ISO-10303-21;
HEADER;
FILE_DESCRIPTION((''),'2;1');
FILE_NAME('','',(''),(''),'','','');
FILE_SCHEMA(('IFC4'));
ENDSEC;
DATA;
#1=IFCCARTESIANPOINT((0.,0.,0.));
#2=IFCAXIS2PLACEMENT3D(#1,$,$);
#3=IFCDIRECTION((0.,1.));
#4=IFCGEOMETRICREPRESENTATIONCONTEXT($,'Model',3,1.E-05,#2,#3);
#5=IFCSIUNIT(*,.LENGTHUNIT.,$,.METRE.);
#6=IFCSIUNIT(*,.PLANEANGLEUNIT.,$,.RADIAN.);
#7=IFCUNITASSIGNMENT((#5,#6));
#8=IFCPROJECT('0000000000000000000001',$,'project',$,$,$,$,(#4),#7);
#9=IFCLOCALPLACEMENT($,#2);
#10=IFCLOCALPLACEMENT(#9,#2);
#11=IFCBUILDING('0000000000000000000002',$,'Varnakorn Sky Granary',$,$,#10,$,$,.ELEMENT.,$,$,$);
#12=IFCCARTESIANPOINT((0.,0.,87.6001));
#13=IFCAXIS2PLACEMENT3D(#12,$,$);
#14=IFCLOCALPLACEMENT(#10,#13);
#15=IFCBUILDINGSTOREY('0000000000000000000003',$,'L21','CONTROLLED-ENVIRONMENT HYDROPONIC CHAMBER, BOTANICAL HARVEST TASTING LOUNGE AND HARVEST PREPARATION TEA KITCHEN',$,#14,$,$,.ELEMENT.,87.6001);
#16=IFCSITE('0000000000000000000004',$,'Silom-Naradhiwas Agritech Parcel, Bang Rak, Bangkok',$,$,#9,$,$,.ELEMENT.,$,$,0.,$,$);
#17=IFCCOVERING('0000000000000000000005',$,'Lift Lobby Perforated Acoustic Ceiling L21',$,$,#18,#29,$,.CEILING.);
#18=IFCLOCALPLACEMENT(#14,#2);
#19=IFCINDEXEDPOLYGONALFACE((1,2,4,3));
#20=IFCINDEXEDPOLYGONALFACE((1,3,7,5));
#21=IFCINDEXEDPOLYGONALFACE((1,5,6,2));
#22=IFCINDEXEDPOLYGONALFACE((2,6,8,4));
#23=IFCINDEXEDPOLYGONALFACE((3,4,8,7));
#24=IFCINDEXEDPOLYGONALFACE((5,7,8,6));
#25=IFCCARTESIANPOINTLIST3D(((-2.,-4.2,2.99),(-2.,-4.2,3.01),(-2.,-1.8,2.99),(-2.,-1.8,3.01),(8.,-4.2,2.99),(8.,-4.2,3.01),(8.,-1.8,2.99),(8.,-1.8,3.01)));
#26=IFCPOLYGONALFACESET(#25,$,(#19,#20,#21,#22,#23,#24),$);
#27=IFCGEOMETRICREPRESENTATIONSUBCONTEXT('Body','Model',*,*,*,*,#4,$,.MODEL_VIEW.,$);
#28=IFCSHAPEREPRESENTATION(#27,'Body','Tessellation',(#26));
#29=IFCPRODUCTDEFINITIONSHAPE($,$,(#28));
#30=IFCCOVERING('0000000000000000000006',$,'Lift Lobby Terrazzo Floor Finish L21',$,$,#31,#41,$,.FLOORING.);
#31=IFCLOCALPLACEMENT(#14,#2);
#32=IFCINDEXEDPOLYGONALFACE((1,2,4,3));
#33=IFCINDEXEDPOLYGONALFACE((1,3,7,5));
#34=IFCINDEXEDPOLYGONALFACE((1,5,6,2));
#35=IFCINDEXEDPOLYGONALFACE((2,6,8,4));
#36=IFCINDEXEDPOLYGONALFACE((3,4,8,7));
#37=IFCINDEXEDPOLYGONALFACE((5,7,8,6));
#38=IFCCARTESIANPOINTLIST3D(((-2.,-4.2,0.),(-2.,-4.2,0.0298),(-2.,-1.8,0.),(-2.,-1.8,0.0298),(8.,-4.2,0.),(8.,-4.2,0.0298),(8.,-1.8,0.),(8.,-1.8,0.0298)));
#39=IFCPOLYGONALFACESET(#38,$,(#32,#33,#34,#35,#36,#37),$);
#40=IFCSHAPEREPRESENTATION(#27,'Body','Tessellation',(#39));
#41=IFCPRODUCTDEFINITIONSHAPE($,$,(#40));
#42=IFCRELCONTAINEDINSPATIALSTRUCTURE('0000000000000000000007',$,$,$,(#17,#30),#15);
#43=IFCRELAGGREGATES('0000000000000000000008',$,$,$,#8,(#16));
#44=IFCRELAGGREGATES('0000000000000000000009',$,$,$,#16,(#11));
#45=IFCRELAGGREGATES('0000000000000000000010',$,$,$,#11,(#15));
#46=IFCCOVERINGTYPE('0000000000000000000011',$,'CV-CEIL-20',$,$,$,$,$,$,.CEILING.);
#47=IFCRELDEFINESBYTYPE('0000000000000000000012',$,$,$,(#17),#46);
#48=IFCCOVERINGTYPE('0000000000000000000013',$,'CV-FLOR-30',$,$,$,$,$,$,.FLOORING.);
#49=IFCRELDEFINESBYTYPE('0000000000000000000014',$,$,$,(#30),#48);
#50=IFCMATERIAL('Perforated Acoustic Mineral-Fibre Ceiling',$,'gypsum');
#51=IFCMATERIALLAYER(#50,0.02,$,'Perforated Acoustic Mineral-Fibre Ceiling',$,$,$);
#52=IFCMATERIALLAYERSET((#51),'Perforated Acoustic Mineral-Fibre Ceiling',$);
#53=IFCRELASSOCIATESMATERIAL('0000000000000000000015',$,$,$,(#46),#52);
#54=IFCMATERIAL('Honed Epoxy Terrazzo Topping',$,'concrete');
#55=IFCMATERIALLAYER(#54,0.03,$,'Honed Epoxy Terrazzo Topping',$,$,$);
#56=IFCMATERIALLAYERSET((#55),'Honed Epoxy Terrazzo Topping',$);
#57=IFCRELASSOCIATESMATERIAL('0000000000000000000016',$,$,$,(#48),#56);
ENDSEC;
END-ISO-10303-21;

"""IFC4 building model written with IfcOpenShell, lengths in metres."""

from ifc_helpers import new_model, si_unit, direction, frame, origin, place, context, subcontext, project, spatial, polyline, outline, extrude, material, layer, layer_set, type_object, element, save


model = new_model("IFC4")

# Units and contexts
model_context = context("Model", 3, precision=1e-05, world=origin(), true_north=direction((0.0, 1.0)))
body_context = subcontext(model_context, "Body", "Model", "MODEL_VIEW")
ifc_project = project(units=[si_unit("LENGTHUNIT", "METRE"), si_unit("PLANEANGLEUNIT", "RADIAN")], contexts=[model_context])

# Site, building, storey
site_placement = place(None, origin())
site = spatial("IfcSite", under=ifc_project, at=site_placement, Name="Silom-Naradhiwas Agritech Parcel, Bang Rak, Bangkok", CompositionType="ELEMENT", RefElevation=0.0)
building_placement = place(site_placement, origin())
building = spatial("IfcBuilding", under=site, at=building_placement, Name="Varnakorn Sky Granary", CompositionType="ELEMENT")
storey_placement = place(building_placement, frame((0.0, 0.0, 87.6001)))
storey = spatial("IfcBuildingStorey", under=building, at=storey_placement, Name="L21", Description="CONTROLLED-ENVIRONMENT HYDROPONIC CHAMBER, BOTANICAL HARVEST TASTING LOUNGE AND HARVEST PREPARATION TEA KITCHEN", CompositionType="ELEMENT", Elevation=87.6001)

# Coverings
ifc_material_1 = material(Name="Perforated Acoustic Mineral-Fibre Ceiling", Category="gypsum")
ifc_layer_1 = layer(ifc_material_1, 0.02, Name="Perforated Acoustic Mineral-Fibre Ceiling")
ifc_layer_set_1 = layer_set([ifc_layer_1], Name="Perforated Acoustic Mineral-Fibre Ceiling")
covering_type_1 = type_object("IfcCoveringType", Name="CV-CEIL-20", PredefinedType="CEILING", material=ifc_layer_set_1)
covering_1_placement = place(storey_placement, frame((0.0, 0.0, 2.99)))
element("IfcCovering", 1, at=covering_1_placement, inside=storey, type_object=covering_type_1, Name="Lift Lobby Perforated Acoustic Ceiling L21", PredefinedType="CEILING", context=body_context, shape_type="SweptSolid", body=[
    extrude(outline(polyline([(-2.0, -4.2), (8.0, -4.2), (8.0, -1.8), (-2.0, -1.8), (-2.0, -4.2)])), origin(), (0.0, 0.0, 1.0), 0.02),
])
ifc_material_2 = material(Name="Honed Epoxy Terrazzo Topping", Category="concrete")
ifc_layer_2 = layer(ifc_material_2, 0.03, Name="Honed Epoxy Terrazzo Topping")
ifc_layer_set_2 = layer_set([ifc_layer_2], Name="Honed Epoxy Terrazzo Topping")
covering_type_2 = type_object("IfcCoveringType", Name="CV-FLOR-30", PredefinedType="FLOORING", material=ifc_layer_set_2)
covering_2_placement = place(storey_placement, origin())
element("IfcCovering", 2, at=covering_2_placement, inside=storey, type_object=covering_type_2, Name="Lift Lobby Terrazzo Floor Finish L21", PredefinedType="FLOORING", context=body_context, shape_type="SweptSolid", body=[
    extrude(outline(polyline([(-2.0, -4.2), (8.0, -4.2), (8.0, -1.8), (-2.0, -1.8), (-2.0, -4.2)])), origin(), (0.0, 0.0, 1.0), 0.0298),
])

save(model, "model.ifc")
